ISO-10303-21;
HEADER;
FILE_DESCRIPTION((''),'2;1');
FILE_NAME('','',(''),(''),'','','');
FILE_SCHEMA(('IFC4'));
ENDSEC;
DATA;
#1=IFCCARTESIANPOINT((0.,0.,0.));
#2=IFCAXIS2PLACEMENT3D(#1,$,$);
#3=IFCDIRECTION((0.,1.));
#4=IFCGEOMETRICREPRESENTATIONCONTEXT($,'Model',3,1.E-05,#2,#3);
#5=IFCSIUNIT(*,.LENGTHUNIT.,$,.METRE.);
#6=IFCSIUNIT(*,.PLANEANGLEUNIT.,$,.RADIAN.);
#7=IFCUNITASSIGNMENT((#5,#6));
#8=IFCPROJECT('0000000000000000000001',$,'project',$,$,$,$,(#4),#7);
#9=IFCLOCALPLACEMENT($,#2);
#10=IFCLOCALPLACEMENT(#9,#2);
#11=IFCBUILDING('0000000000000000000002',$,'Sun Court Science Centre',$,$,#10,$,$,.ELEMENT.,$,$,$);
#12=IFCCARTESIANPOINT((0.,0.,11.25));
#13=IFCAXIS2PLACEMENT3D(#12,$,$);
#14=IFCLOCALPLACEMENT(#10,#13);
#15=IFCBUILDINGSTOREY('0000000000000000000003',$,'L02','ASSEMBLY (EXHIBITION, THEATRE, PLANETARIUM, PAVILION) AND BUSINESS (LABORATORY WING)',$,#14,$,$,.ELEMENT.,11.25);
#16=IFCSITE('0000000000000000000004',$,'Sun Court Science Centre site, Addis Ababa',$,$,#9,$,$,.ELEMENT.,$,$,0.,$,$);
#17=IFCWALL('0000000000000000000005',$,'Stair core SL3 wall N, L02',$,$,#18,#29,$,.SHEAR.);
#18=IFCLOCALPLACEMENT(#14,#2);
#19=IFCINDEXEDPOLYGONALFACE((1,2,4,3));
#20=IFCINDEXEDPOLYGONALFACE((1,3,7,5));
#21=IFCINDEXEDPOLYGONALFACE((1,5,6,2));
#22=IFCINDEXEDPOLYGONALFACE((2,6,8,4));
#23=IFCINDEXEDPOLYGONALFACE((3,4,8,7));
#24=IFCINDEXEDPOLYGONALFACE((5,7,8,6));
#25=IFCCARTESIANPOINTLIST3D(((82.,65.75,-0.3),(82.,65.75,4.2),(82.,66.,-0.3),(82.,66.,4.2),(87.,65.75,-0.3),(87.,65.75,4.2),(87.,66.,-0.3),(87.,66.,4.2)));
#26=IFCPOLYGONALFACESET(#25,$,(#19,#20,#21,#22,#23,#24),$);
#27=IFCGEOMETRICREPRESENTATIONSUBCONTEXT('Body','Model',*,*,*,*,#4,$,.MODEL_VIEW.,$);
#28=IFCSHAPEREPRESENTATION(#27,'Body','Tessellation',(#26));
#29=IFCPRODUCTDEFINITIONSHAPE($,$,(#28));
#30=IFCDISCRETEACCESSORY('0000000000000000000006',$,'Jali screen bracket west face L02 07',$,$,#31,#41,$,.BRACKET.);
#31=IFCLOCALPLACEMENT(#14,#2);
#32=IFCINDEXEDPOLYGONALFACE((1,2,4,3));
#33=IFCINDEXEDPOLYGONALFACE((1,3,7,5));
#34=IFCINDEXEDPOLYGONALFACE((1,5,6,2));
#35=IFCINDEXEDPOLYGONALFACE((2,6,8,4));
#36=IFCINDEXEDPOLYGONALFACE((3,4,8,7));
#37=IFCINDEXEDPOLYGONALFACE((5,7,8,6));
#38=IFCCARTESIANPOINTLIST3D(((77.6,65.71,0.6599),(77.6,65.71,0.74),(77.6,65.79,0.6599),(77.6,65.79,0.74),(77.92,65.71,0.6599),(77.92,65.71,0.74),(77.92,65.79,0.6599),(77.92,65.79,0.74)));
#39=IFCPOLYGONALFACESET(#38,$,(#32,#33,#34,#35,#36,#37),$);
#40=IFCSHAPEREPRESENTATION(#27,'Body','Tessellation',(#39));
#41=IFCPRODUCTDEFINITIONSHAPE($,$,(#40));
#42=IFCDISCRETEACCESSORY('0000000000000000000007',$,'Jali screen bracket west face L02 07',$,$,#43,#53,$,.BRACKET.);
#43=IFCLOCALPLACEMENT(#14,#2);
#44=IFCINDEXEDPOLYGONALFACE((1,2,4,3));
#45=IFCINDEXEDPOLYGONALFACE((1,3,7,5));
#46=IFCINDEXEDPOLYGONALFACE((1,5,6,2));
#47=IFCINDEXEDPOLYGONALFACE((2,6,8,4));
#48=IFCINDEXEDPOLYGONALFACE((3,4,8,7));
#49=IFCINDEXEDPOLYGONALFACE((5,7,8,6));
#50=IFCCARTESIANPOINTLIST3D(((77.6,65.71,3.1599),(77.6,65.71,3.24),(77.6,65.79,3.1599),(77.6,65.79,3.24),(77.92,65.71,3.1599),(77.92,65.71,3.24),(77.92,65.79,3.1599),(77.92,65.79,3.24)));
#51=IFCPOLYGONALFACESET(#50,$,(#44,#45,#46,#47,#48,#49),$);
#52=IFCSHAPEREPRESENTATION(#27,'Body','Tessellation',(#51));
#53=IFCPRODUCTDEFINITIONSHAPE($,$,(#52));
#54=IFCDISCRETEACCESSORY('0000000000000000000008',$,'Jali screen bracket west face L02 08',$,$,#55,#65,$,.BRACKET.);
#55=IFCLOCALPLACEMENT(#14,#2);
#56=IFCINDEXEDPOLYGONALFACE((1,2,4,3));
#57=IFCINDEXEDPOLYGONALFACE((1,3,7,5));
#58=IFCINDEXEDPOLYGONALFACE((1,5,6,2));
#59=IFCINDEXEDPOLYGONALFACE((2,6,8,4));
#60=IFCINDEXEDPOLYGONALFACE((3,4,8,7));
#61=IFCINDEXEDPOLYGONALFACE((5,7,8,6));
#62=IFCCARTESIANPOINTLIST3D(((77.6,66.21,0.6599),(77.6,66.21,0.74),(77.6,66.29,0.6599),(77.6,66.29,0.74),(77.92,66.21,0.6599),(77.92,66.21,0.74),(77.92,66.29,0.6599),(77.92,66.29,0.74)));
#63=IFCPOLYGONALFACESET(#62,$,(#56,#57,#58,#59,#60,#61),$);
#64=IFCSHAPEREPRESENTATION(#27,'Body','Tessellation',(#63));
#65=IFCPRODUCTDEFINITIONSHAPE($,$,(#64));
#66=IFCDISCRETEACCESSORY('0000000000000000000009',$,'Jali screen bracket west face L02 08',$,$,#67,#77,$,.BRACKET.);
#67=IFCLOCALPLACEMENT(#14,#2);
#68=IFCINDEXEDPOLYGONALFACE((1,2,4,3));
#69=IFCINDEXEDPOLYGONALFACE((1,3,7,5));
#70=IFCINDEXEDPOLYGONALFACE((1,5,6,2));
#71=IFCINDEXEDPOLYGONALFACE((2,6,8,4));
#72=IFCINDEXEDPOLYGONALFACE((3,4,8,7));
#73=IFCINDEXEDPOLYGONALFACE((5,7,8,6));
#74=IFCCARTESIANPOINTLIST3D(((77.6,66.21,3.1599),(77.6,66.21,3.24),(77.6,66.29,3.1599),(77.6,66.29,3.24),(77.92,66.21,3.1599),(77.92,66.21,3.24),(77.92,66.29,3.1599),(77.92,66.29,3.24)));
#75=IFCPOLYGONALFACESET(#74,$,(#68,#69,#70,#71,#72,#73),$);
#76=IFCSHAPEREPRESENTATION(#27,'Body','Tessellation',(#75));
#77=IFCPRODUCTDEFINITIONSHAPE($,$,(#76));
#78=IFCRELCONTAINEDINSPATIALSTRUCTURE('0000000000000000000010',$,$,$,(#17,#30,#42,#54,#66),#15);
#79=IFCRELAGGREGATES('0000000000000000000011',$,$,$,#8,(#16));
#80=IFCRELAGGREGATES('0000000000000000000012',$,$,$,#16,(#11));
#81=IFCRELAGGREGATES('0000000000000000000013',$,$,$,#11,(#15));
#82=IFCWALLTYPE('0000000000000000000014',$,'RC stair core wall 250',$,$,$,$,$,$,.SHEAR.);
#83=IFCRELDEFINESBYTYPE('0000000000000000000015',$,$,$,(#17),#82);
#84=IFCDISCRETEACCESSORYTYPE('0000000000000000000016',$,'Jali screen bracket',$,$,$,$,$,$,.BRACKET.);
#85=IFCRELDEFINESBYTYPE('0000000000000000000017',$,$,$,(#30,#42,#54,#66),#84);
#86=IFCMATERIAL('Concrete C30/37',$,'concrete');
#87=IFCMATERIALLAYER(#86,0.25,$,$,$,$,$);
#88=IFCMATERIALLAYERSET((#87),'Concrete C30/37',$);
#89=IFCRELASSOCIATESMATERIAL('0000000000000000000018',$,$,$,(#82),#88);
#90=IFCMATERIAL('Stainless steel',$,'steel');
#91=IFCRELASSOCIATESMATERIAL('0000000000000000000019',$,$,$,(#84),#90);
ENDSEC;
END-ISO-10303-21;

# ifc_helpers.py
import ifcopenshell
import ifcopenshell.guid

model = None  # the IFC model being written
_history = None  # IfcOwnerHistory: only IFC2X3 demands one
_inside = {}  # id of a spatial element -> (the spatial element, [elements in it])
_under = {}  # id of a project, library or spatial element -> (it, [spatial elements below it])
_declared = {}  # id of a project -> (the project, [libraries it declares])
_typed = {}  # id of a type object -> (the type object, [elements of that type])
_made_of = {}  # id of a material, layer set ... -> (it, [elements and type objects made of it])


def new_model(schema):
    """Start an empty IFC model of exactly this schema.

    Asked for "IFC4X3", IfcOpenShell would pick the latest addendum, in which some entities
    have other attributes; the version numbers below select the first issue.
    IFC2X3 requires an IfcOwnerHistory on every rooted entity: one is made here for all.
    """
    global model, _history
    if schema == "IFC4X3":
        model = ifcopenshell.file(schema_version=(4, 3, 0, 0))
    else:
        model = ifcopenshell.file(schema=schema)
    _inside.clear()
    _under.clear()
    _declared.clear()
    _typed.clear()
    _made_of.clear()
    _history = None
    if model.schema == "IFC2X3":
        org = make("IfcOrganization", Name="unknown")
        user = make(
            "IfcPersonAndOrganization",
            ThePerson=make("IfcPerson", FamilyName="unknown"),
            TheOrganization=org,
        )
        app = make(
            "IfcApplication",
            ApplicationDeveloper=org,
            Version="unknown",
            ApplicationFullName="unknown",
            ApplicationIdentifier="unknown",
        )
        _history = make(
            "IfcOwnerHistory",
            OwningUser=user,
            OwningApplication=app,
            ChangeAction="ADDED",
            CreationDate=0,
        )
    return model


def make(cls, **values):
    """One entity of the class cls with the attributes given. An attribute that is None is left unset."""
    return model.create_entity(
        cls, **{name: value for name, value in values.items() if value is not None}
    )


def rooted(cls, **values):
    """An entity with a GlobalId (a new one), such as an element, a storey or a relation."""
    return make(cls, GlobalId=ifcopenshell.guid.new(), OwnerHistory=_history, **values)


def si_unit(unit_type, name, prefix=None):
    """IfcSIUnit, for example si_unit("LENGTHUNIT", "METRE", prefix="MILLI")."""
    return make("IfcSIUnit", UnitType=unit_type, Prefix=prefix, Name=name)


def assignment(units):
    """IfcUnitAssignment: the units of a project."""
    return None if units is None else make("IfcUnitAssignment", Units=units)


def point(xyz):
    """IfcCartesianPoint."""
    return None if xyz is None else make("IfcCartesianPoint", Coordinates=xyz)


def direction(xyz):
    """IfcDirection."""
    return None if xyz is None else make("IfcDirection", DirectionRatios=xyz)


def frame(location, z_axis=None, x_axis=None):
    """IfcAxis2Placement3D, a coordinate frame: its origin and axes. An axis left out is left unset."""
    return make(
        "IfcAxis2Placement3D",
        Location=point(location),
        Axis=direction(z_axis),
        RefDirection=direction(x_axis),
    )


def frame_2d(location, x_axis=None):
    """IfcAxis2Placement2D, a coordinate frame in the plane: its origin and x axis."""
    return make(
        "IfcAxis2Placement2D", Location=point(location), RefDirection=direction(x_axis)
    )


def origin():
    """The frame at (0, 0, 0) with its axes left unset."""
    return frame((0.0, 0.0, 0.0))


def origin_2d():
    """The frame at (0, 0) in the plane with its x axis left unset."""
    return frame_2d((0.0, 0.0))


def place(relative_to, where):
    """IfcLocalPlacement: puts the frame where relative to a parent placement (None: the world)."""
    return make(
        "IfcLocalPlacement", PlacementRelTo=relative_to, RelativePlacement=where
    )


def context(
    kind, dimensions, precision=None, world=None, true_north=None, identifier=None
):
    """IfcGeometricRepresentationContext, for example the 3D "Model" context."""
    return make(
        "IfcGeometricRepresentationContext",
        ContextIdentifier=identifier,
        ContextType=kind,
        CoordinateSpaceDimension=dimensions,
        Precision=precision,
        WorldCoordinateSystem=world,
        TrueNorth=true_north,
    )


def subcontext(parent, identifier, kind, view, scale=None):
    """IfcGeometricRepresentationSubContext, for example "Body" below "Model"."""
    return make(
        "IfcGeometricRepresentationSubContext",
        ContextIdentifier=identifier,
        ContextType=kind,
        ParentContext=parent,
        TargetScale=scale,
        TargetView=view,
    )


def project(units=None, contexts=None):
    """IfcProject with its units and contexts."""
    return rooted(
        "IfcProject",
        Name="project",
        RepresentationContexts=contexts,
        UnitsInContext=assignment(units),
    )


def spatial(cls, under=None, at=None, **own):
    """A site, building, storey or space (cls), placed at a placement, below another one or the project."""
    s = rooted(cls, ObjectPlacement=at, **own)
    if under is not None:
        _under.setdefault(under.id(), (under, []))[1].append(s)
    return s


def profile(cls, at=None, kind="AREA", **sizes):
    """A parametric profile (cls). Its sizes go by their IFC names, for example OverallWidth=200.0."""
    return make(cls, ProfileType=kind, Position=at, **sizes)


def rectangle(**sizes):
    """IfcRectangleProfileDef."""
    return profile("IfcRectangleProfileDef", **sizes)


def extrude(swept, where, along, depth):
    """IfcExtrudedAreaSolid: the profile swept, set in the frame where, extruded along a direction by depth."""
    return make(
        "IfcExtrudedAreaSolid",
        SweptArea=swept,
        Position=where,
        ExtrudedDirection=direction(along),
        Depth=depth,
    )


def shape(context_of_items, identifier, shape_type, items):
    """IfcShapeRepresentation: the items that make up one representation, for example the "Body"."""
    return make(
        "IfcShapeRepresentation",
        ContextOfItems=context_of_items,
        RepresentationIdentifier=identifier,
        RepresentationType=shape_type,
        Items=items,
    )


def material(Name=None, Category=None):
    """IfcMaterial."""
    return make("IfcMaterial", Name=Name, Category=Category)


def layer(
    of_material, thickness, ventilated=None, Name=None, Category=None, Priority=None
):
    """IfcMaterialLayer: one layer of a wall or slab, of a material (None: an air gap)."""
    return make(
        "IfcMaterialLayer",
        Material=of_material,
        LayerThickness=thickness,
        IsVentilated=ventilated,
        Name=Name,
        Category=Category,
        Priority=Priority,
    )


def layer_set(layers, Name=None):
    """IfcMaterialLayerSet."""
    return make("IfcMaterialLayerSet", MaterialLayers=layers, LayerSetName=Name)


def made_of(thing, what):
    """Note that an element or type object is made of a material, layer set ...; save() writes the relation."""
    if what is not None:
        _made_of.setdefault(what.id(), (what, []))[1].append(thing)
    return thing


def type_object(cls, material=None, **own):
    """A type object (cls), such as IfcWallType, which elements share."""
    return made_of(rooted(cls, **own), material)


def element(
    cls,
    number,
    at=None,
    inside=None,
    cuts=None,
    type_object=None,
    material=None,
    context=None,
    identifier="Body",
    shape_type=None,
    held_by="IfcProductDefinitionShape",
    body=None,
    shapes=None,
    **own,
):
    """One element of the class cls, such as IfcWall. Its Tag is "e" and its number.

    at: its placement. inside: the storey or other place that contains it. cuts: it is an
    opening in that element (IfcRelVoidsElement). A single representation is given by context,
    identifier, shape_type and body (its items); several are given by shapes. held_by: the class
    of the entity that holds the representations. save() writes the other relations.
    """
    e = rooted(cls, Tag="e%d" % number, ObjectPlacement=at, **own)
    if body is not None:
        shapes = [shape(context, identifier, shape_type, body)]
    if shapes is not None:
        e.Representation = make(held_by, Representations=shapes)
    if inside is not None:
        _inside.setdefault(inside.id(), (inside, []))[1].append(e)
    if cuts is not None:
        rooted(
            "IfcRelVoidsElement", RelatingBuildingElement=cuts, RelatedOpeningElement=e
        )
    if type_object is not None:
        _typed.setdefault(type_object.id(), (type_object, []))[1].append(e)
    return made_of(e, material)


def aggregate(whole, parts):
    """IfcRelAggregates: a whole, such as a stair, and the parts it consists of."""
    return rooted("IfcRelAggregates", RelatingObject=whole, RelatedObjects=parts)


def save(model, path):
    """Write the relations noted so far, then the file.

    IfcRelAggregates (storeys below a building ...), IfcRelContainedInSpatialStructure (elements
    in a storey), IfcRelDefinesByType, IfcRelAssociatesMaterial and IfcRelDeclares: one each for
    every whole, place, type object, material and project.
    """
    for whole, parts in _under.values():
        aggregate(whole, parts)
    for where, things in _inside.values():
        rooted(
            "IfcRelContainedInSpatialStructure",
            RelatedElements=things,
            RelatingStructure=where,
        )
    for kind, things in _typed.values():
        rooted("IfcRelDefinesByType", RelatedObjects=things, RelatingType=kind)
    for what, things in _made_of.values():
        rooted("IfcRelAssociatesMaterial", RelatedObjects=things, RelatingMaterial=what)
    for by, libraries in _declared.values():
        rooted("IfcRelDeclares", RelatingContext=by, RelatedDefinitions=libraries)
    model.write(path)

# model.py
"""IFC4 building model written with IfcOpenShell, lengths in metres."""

from ifc_helpers import new_model, si_unit, direction, frame, frame_2d, origin, origin_2d, place, context, subcontext, project, spatial, rectangle, extrude, material, layer, layer_set, type_object, element, save


model = new_model("IFC4")

# Units and contexts
model_context = context("Model", 3, precision=1e-05, world=origin(), true_north=direction((0.0, 1.0)))
body_context = subcontext(model_context, "Body", "Model", "MODEL_VIEW")
ifc_project = project(units=[si_unit("LENGTHUNIT", "METRE"), si_unit("PLANEANGLEUNIT", "RADIAN")], contexts=[model_context])

# Site, building, storey
site_placement = place(None, origin())
site = spatial("IfcSite", under=ifc_project, at=site_placement, Name="Sun Court Science Centre site, Addis Ababa", CompositionType="ELEMENT", RefElevation=0.0)
building_placement = place(site_placement, origin())
building = spatial("IfcBuilding", under=site, at=building_placement, Name="Sun Court Science Centre", CompositionType="ELEMENT")
storey_placement = place(building_placement, frame((0.0, 0.0, 11.25)))
storey = spatial("IfcBuildingStorey", under=building, at=storey_placement, Name="L02", Description="ASSEMBLY (EXHIBITION, THEATRE, PLANETARIUM, PAVILION) AND BUSINESS (LABORATORY WING)", CompositionType="ELEMENT", Elevation=11.25)

# Wall
ifc_material_1 = material(Name="Concrete C30/37", Category="concrete")
ifc_layer_1 = layer(ifc_material_1, 0.25)
ifc_layer_set_1 = layer_set([ifc_layer_1], Name="Concrete C30/37")
wall_type_1 = type_object("IfcWallType", Name="RC stair core wall 250", PredefinedType="SHEAR", material=ifc_layer_set_1)
wall_1_placement = place(storey_placement, frame((82.0, 65.875, -0.3), z_axis=(0.0, 0.0, 1.0), x_axis=(1.0, 0.0, 0.0)))
element("IfcWall", 1, at=wall_1_placement, inside=storey, type_object=wall_type_1, Name="Stair core SL3 wall N, L02", PredefinedType="SHEAR", context=body_context, shape_type="SweptSolid", body=[
    extrude(rectangle(XDim=5.0, YDim=0.25, at=frame_2d((2.5, 0.0))), origin(), (0.0, 0.0, 1.0), 4.5),
])

# Discrete accessories
ifc_material_2 = material(Name="Stainless steel", Category="steel")
discrete_accessory_type = type_object("IfcDiscreteAccessoryType", Name="Jali screen bracket", PredefinedType="BRACKET", material=ifc_material_2)
for number, where, z_axis, x_axis, name in (
    (2, (77.76, 65.75, 0.6599), (0.0, 0.0, 1.0), (0.0, 1.0, 0.0), "Jali screen bracket west face L02 07"),
    (3, (77.76, 65.75, 3.1599), (0.0, 0.0, 1.0), (0.0, 1.0, 0.0), "Jali screen bracket west face L02 07"),
    (4, (77.76, 66.25, 0.6599), (0.0, 0.0, 1.0), (0.0, 1.0, 0.0), "Jali screen bracket west face L02 08"),
    (5, (77.76, 66.25, 3.1599), (0.0, 0.0, 1.0), (0.0, 1.0, 0.0), "Jali screen bracket west face L02 08"),
):
    element("IfcDiscreteAccessory", number, at=place(storey_placement, frame(where, z_axis=z_axis, x_axis=x_axis)), inside=storey, type_object=discrete_accessory_type, Name=name, PredefinedType="BRACKET", context=body_context, shape_type="SweptSolid", body=[
        extrude(rectangle(XDim=0.0801, YDim=0.3201, at=origin_2d()), origin(), (0.0, 0.0, 1.0), 0.0801),
    ])

save(model, "model.ifc")
